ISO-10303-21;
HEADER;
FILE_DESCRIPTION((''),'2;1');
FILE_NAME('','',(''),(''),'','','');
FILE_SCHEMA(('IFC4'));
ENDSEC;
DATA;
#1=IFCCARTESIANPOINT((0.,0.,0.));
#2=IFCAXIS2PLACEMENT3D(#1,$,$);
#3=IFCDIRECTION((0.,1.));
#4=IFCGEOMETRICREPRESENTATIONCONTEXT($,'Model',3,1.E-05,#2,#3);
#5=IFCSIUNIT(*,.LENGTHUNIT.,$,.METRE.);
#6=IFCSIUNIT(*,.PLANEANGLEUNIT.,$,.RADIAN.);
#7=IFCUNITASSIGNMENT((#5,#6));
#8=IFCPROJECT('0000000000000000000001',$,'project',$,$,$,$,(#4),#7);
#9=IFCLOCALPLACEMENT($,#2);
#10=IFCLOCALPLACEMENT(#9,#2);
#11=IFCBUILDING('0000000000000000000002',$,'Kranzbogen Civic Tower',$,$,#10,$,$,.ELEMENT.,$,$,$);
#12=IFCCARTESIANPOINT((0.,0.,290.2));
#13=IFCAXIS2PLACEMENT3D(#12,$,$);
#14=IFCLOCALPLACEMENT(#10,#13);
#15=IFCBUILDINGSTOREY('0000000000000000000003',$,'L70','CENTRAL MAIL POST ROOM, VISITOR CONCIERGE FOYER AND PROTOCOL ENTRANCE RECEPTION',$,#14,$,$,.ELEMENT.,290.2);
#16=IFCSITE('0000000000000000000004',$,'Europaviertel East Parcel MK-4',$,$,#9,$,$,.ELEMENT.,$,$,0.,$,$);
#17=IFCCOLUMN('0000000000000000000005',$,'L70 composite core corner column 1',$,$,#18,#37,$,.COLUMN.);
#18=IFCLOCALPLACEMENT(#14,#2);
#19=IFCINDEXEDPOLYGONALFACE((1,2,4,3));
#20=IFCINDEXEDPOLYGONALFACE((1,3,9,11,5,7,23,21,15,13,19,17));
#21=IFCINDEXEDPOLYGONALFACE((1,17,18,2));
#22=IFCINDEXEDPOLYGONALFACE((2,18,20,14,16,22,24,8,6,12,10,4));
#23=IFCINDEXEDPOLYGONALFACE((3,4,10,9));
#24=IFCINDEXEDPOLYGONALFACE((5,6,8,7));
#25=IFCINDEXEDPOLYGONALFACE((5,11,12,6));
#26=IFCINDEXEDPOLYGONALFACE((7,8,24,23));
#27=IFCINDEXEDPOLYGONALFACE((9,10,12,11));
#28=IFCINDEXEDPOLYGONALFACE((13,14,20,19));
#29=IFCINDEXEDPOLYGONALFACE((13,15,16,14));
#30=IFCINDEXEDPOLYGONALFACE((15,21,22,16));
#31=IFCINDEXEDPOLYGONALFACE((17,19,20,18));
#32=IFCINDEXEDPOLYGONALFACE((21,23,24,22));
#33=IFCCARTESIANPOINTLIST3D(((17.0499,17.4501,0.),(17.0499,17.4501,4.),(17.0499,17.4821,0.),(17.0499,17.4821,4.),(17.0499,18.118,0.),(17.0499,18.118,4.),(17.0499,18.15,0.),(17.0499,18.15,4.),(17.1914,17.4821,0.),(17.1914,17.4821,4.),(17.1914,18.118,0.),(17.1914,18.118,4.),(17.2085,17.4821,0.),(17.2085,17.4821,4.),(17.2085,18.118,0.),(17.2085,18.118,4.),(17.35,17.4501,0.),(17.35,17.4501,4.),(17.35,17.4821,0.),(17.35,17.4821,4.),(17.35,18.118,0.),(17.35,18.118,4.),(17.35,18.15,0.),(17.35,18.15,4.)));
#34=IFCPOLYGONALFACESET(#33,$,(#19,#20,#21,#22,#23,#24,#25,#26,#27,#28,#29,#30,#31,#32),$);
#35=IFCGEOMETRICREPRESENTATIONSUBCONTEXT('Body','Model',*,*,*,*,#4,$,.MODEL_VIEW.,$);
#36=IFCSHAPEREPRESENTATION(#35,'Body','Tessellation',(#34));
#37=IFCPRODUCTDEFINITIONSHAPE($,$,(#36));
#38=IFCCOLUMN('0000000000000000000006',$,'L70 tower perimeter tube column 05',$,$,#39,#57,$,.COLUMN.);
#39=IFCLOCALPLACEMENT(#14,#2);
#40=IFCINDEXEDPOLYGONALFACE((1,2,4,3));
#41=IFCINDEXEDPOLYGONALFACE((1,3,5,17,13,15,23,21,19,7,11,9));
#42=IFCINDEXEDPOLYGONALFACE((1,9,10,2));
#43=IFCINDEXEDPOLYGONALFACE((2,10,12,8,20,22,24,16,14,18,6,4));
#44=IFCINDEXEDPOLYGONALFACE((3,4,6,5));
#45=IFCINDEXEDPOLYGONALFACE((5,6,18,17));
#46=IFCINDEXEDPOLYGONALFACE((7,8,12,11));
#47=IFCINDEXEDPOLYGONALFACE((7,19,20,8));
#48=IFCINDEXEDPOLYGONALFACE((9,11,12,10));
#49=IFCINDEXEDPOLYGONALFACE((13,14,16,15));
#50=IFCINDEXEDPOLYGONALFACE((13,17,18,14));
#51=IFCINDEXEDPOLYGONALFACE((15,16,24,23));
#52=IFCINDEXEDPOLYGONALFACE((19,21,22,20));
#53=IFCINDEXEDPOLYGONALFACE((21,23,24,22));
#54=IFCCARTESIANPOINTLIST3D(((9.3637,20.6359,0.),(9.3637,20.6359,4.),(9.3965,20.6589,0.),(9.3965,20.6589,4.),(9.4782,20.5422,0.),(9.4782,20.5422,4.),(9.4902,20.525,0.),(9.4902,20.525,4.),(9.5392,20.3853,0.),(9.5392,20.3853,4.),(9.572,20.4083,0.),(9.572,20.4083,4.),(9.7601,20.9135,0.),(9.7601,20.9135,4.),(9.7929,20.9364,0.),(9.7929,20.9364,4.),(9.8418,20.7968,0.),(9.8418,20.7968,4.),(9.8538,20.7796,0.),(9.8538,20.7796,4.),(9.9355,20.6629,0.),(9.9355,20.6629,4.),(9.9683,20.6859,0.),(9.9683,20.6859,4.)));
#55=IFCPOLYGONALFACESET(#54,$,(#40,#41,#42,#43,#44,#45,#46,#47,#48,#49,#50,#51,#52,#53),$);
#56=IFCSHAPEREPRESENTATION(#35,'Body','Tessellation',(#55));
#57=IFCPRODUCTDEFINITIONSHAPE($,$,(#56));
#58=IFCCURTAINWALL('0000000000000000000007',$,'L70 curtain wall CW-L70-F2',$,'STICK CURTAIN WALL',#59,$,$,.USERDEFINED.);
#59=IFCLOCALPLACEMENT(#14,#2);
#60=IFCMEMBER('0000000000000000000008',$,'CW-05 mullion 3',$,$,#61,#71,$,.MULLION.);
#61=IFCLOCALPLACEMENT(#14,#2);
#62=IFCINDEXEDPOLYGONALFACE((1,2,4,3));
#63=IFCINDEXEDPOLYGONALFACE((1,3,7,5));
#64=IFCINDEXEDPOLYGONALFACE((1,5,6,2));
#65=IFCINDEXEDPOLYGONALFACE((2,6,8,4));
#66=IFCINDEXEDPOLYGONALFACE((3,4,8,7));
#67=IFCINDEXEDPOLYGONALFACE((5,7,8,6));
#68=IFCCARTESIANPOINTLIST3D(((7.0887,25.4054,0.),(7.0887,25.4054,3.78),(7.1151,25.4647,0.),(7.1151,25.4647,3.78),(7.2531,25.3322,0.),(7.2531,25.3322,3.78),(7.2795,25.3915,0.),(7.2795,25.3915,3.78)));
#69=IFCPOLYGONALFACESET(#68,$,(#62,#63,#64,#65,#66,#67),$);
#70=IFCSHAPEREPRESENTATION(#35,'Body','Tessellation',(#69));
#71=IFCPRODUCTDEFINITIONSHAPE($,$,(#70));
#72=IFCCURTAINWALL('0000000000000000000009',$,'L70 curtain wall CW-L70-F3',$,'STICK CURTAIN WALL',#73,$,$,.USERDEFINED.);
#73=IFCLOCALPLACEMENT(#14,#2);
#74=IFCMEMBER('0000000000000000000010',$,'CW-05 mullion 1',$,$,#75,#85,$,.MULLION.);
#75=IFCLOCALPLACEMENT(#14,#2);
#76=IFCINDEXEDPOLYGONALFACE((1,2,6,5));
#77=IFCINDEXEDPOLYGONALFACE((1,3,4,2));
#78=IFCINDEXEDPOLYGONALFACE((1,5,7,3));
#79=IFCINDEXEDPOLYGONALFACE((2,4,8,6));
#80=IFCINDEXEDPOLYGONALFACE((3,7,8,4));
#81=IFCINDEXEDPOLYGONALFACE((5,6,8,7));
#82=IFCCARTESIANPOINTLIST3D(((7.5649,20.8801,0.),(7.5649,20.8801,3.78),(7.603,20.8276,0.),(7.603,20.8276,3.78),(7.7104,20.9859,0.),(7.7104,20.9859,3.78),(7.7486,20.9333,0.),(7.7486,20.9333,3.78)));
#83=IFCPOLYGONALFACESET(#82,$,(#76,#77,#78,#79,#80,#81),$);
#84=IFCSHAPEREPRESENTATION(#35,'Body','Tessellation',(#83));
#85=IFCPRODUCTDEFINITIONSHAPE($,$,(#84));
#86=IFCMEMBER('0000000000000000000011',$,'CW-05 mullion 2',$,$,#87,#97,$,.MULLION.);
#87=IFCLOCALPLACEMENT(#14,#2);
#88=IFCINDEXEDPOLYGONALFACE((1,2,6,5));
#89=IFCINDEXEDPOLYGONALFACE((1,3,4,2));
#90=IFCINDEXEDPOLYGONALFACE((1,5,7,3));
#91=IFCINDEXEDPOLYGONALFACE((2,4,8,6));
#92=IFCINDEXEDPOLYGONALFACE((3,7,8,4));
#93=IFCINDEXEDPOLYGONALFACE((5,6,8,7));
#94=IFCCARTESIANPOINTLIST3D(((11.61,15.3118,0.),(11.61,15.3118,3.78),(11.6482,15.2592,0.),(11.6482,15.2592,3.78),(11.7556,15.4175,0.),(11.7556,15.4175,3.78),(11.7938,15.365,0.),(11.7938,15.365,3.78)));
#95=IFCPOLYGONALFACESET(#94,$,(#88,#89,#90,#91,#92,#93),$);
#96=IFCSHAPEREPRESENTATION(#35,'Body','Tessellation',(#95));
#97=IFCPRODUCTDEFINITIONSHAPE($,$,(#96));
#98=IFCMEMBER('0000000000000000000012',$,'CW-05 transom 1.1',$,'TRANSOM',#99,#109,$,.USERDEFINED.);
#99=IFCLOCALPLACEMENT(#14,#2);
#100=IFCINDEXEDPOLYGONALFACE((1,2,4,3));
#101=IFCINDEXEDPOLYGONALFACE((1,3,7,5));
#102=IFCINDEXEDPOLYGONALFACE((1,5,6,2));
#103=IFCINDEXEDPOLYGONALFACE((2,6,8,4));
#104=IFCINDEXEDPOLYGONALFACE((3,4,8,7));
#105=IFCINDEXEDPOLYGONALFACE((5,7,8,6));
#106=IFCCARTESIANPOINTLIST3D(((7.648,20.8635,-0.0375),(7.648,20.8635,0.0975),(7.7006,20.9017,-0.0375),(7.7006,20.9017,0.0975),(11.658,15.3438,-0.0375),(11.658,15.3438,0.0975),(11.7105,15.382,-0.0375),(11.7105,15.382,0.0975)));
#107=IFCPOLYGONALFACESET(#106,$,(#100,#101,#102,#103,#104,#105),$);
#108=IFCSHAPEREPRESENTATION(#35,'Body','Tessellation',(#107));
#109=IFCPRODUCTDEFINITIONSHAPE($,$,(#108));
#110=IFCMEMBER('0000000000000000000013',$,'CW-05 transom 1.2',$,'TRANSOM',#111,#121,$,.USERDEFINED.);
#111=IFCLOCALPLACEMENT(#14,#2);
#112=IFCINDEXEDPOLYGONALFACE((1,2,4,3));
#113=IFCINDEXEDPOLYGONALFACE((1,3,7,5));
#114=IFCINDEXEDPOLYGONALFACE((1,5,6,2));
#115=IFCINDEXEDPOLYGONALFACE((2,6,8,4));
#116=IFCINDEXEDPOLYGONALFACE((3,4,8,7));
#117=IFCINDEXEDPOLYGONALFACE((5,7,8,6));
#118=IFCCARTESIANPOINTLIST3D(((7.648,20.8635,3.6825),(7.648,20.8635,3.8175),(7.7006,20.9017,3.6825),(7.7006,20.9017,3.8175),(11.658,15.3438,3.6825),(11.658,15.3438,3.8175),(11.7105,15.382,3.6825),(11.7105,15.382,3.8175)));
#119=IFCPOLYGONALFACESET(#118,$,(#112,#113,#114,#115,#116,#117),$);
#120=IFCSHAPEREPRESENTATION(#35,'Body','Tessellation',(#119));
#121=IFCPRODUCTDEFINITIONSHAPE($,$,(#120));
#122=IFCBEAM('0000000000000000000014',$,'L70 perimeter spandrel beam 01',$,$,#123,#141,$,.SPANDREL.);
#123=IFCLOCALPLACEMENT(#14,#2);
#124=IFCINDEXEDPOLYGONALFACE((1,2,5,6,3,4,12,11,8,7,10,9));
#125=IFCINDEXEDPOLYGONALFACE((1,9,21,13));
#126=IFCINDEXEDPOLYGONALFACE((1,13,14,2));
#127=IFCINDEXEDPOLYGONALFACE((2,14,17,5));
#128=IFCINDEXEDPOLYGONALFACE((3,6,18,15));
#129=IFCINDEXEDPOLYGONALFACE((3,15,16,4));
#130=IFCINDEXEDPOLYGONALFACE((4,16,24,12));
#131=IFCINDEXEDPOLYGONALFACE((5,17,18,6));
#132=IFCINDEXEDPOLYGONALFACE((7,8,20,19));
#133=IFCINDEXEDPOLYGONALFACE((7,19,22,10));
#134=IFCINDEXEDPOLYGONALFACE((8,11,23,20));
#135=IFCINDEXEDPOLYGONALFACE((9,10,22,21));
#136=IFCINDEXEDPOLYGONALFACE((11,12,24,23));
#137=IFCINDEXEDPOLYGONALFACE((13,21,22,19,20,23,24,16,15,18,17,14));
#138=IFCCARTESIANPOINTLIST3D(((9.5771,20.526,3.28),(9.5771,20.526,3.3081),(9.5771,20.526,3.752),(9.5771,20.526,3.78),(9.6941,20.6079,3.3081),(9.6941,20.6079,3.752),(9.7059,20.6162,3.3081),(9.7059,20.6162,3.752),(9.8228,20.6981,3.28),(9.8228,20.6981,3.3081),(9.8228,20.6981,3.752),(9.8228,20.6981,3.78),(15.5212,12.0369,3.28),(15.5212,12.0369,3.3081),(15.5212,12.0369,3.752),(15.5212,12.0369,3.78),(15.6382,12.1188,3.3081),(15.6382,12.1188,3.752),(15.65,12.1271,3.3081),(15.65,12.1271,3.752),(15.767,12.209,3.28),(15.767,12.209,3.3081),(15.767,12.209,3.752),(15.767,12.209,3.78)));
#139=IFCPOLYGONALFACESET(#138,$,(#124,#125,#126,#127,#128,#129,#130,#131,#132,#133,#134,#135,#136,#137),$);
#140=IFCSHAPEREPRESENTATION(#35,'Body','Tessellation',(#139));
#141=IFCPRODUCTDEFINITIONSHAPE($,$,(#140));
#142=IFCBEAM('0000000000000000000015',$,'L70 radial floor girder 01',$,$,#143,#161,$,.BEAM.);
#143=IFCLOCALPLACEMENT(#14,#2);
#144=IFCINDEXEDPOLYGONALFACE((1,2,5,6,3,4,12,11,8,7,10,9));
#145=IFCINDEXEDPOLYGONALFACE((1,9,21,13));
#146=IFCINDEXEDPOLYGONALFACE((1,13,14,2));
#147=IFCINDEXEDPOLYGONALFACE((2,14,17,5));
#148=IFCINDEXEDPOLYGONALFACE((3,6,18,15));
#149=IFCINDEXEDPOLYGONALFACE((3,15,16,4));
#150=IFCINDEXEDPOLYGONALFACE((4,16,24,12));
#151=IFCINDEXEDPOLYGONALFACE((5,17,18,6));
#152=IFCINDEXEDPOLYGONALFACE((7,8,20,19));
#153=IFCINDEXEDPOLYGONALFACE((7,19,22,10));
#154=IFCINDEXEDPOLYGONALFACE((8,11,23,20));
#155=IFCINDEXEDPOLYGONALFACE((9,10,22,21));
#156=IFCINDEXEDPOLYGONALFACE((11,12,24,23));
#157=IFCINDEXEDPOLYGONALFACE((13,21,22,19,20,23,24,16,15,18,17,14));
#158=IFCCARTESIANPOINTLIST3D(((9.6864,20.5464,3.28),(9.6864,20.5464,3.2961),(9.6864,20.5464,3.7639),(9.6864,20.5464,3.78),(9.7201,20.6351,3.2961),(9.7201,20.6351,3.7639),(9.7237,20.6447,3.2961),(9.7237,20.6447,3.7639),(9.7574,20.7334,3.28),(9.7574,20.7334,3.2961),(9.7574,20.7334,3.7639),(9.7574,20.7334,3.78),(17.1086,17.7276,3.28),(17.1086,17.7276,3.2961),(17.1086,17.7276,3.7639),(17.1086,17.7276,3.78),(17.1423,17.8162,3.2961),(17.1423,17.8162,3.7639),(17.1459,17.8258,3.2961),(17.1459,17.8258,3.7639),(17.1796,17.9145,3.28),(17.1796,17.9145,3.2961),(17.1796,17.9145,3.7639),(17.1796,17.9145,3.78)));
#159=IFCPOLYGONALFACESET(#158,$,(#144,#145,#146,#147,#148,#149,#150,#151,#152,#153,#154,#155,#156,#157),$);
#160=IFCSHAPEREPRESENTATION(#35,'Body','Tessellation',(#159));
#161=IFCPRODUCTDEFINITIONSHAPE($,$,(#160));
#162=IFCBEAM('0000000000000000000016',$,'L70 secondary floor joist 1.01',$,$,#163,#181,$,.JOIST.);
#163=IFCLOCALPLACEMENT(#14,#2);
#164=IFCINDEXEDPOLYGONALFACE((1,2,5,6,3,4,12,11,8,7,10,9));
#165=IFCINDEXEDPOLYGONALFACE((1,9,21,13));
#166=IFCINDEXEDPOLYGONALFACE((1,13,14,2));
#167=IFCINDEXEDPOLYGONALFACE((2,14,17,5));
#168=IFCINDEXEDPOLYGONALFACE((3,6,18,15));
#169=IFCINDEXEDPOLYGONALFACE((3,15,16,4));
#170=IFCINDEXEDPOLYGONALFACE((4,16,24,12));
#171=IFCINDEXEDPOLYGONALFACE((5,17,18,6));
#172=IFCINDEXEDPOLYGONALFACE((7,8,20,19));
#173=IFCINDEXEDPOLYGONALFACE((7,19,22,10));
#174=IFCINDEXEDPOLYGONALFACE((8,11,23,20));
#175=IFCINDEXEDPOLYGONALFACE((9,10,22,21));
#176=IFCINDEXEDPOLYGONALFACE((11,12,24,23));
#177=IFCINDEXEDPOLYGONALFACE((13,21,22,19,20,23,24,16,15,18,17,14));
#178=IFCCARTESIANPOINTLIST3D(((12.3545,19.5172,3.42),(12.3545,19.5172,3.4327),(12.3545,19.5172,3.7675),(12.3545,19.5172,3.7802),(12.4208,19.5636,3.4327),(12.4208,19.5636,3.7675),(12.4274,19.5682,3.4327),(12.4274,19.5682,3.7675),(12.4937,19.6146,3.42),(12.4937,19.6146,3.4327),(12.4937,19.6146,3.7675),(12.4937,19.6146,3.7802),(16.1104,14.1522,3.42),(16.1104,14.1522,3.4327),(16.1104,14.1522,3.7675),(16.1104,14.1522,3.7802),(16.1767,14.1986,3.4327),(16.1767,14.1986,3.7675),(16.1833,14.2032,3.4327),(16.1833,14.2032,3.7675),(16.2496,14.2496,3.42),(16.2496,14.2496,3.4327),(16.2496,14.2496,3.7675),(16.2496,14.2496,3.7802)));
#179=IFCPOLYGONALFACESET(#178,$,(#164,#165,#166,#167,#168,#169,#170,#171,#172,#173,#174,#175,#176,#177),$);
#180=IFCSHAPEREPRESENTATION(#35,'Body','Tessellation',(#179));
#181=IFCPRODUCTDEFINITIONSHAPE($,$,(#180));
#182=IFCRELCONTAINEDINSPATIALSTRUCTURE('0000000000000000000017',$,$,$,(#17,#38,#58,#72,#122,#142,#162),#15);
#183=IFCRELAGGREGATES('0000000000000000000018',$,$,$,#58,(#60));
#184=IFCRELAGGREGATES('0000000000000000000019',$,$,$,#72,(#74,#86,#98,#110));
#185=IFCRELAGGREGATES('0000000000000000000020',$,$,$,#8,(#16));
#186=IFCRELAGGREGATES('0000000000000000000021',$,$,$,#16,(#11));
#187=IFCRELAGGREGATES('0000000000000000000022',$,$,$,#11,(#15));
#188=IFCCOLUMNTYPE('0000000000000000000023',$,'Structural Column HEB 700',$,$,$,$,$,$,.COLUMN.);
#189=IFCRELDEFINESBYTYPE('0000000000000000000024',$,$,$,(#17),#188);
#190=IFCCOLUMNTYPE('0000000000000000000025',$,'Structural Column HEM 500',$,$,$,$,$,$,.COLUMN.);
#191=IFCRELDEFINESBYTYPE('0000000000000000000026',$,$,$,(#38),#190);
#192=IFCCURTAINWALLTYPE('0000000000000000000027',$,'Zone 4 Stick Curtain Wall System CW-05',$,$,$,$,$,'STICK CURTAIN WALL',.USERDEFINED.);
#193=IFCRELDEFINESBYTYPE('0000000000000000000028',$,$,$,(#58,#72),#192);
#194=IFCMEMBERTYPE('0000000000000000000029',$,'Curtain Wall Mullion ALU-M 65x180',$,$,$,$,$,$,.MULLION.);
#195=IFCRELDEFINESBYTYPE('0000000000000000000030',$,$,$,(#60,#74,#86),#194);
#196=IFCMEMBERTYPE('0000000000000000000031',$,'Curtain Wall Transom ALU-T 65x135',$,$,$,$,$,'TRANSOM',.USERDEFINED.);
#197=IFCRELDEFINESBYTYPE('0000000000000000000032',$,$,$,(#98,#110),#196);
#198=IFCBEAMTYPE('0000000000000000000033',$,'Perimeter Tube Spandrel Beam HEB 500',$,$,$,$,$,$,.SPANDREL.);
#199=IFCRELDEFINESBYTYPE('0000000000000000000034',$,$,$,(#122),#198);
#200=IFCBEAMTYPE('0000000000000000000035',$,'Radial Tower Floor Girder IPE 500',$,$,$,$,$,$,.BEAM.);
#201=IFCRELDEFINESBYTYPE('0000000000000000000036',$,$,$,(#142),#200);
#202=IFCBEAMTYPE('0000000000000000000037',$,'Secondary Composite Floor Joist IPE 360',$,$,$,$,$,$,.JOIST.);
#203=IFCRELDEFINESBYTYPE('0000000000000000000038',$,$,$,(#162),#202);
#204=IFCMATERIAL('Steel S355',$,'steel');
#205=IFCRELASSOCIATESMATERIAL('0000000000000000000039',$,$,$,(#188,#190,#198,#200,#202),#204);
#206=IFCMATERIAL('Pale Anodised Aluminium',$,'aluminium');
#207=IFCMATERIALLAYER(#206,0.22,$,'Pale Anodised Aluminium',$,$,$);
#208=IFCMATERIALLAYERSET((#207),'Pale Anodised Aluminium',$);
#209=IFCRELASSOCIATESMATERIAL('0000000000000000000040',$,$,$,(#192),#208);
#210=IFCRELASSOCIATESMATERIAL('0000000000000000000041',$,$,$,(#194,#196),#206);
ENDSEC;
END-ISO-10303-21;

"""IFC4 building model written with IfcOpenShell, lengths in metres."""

from ifc_helpers import new_model, si_unit, direction, frame, origin, origin_2d, place, context, subcontext, project, spatial, rectangle, i_section, extrude, material, layer, layer_set, material_profile, profile_set, type_object, element, aggregate, save


model = new_model("IFC4")

# Units and contexts
model_context = context("Model", 3, precision=1e-05, world=origin(), true_north=direction((0.0, 1.0)))
body_context = subcontext(model_context, "Body", "Model", "MODEL_VIEW")
ifc_project = project(units=[si_unit("LENGTHUNIT", "METRE"), si_unit("PLANEANGLEUNIT", "RADIAN")], contexts=[model_context])

# Site, building, storey
site_placement = place(None, origin())
site = spatial("IfcSite", under=ifc_project, at=site_placement, Name="Europaviertel East Parcel MK-4", CompositionType="ELEMENT", RefElevation=0.0)
building_placement = place(site_placement, origin())
building = spatial("IfcBuilding", under=site, at=building_placement, Name="Kranzbogen Civic Tower", CompositionType="ELEMENT")
storey_placement = place(building_placement, frame((0.0, 0.0, 290.2)))
storey = spatial("IfcBuildingStorey", under=building, at=storey_placement, Name="L70", Description="CENTRAL MAIL POST ROOM, VISITOR CONCIERGE FOYER AND PROTOCOL ENTRANCE RECEPTION", CompositionType="ELEMENT", Elevation=290.2)

# Columns
ifc_material_1 = material(Name="Steel S355", Category="steel")
ifc_material_profile_1 = material_profile(ifc_material_1, i_section(OverallWidth=0.3, OverallDepth=0.7, WebThickness=0.0171, FlangeThickness=0.032, at=origin_2d()), Name="HEB 700")
ifc_profile_set_1 = profile_set([ifc_material_profile_1], Name="Steel S355")
column_type_1 = type_object("IfcColumnType", Name="Structural Column HEB 700", PredefinedType="COLUMN", material=ifc_profile_set_1)
column_1_placement = place(storey_placement, frame((17.2, 17.8, 0.0), z_axis=(0.0, 0.0, 1.0), x_axis=(1.0, 0.0, 0.0)))
element("IfcColumn", 1, at=column_1_placement, inside=storey, type_object=column_type_1, Name="L70 composite core corner column 1", PredefinedType="COLUMN", context=body_context, shape_type="SweptSolid", body=[
    extrude(i_section(OverallWidth=0.3, OverallDepth=0.7, WebThickness=0.0171, FlangeThickness=0.032, at=origin_2d()), origin(), (0.0, 0.0, 1.0), 4.0),
])
ifc_material_profile_2 = material_profile(ifc_material_1, i_section(OverallWidth=0.3059, OverallDepth=0.5239, WebThickness=0.021, FlangeThickness=0.04, at=origin_2d()), Name="HEM 500")
ifc_profile_set_2 = profile_set([ifc_material_profile_2], Name="Steel S355")
column_type_2 = type_object("IfcColumnType", Name="Structural Column HEM 500", PredefinedType="COLUMN", material=ifc_profile_set_2)
column_2_placement = place(storey_placement, frame((9.666, 20.6609, 0.0), z_axis=(0.0, 0.0, 1.0), x_axis=(-0.573576, 0.819152, 0.0)))
element("IfcColumn", 2, at=column_2_placement, inside=storey, type_object=column_type_2, Name="L70 tower perimeter tube column 05", PredefinedType="COLUMN", context=body_context, shape_type="SweptSolid", body=[
    extrude(i_section(OverallWidth=0.3059, OverallDepth=0.5239, WebThickness=0.021, FlangeThickness=0.04, at=origin_2d()), origin(), (0.0, 0.0, 1.0), 4.0),
])

# Curtain wall, member
ifc_material_2 = material(Name="Pale Anodised Aluminium", Category="aluminium")
ifc_layer_1 = layer(ifc_material_2, 0.22, Name="Pale Anodised Aluminium")
ifc_layer_set_1 = layer_set([ifc_layer_1], Name="Pale Anodised Aluminium")
curtain_wall_type = type_object("IfcCurtainWallType", Name="Zone 4 Stick Curtain Wall System CW-05", ElementType="STICK CURTAIN WALL", PredefinedType="USERDEFINED", material=ifc_layer_set_1)
curtain_wall_1_placement = place(storey_placement, origin())
curtain_wall_1 = element("IfcCurtainWall", 3, at=curtain_wall_1_placement, inside=storey, type_object=curtain_wall_type, Name="L70 curtain wall CW-L70-F2", ObjectType="STICK CURTAIN WALL", PredefinedType="USERDEFINED")
ifc_material_profile_3 = material_profile(ifc_material_2, rectangle(XDim=0.0649, YDim=0.1799, at=origin_2d()), Name="ALU-M 65x180")
ifc_profile_set_3 = profile_set([ifc_material_profile_3], Name="Pale Anodised Aluminium")
member_type_1 = type_object("IfcMemberType", Name="Curtain Wall Mullion ALU-M 65x180", PredefinedType="MULLION", material=ifc_profile_set_3)
member_1_placement = place(storey_placement, frame((7.1841, 25.3984, 0.0), z_axis=(0.0, 0.0, 1.0), x_axis=(-0.406722, -0.913552, 0.0)))
member_1 = element("IfcMember", 4, at=member_1_placement, type_object=member_type_1, Name="CW-05 mullion 3", PredefinedType="MULLION", context=body_context, shape_type="SweptSolid", body=[
    extrude(rectangle(XDim=0.0649, YDim=0.1799, at=origin_2d()), origin(), (0.0, 0.0, 1.0), 3.78),
])
aggregate(curtain_wall_1, [member_1])

# Curtain wall, members
curtain_wall_2_placement = place(storey_placement, origin())
curtain_wall_2 = element("IfcCurtainWall", 5, at=curtain_wall_2_placement, inside=storey, type_object=curtain_wall_type, Name="L70 curtain wall CW-L70-F3", ObjectType="STICK CURTAIN WALL", PredefinedType="USERDEFINED")
member_2_placement = place(storey_placement, frame((7.6567, 20.9067, 0.0), z_axis=(0.0, 0.0, 1.0), x_axis=(0.587767, -0.80903, 0.0)))
member_2 = element("IfcMember", 6, at=member_2_placement, type_object=member_type_1, Name="CW-05 mullion 1", PredefinedType="MULLION", context=body_context, shape_type="SweptSolid", body=[
    extrude(rectangle(XDim=0.0649, YDim=0.1799, at=origin_2d()), origin(), (0.0, 0.0, 1.0), 3.78),
])
member_3_placement = place(storey_placement, frame((11.7019, 15.3384, 0.0), z_axis=(0.0, 0.0, 1.0), x_axis=(0.587767, -0.80903, 0.0)))
member_3 = element("IfcMember", 7, at=member_3_placement, type_object=member_type_1, Name="CW-05 mullion 2", PredefinedType="MULLION", context=body_context, shape_type="SweptSolid", body=[
    extrude(rectangle(XDim=0.0649, YDim=0.1799, at=origin_2d()), origin(), (0.0, 0.0, 1.0), 3.78),
])
ifc_material_profile_4 = material_profile(ifc_material_2, rectangle(XDim=0.0649, YDim=0.135, at=origin_2d()), Name="ALU-T 65x135")
ifc_profile_set_4 = profile_set([ifc_material_profile_4], Name="Pale Anodised Aluminium")
member_type_2 = type_object("IfcMemberType", Name="Curtain Wall Transom ALU-T 65x135", ElementType="TRANSOM", PredefinedType="USERDEFINED", material=ifc_profile_set_4)
member_4_placement = place(storey_placement, frame((7.6743, 20.8826, 0.03), z_axis=(0.587752, -0.809041, 0.0), x_axis=(0.809041, 0.587752, 0.0)))
member_4 = element("IfcMember", 8, at=member_4_placement, type_object=member_type_2, Name="CW-05 transom 1.1", ObjectType="TRANSOM", PredefinedType="USERDEFINED", context=body_context, shape_type="SweptSolid", body=[
    extrude(rectangle(XDim=0.0649, YDim=0.135, at=origin_2d()), origin(), (0.0, 0.0, 1.0), 6.8225),
])
member_5_placement = place(storey_placement, frame((7.6743, 20.8826, 3.75), z_axis=(0.587752, -0.809041, 0.0), x_axis=(0.809041, 0.587752, 0.0)))
member_5 = element("IfcMember", 9, at=member_5_placement, type_object=member_type_2, Name="CW-05 transom 1.2", ObjectType="TRANSOM", PredefinedType="USERDEFINED", context=body_context, shape_type="SweptSolid", body=[
    extrude(rectangle(XDim=0.0649, YDim=0.135, at=origin_2d()), origin(), (0.0, 0.0, 1.0), 6.8225),
])

# Beams
ifc_material_profile_5 = material_profile(ifc_material_1, i_section(OverallWidth=0.3, OverallDepth=0.5, WebThickness=0.0144, FlangeThickness=0.0281, at=origin_2d()), Name="HEB 500")
ifc_profile_set_5 = profile_set([ifc_material_profile_5], Name="Steel S355")
beam_type_1 = type_object("IfcBeamType", Name="Perimeter Tube Spandrel Beam HEB 500", PredefinedType="SPANDREL", material=ifc_profile_set_5)
beam_1_placement = place(storey_placement, frame((9.7, 20.6121, 3.53), z_axis=(0.573578, -0.819151, 0.0), x_axis=(0.819151, 0.573578, 0.0)))
element("IfcBeam", 10, at=beam_1_placement, inside=storey, type_object=beam_type_1, Name="L70 perimeter spandrel beam 01", PredefinedType="SPANDREL", context=body_context, shape_type="SweptSolid", body=[
    extrude(i_section(OverallWidth=0.3, OverallDepth=0.5, WebThickness=0.0144, FlangeThickness=0.0281, at=origin_2d()), origin(), (0.0, 0.0, 1.0), 10.3633),
])
ifc_material_profile_6 = material_profile(ifc_material_1, i_section(OverallWidth=0.2, OverallDepth=0.5, WebThickness=0.0103, FlangeThickness=0.0161, at=origin_2d()), Name="IPE 500")
ifc_profile_set_6 = profile_set([ifc_material_profile_6], Name="Steel S355")
beam_type_2 = type_object("IfcBeamType", Name="Radial Tower Floor Girder IPE 500", PredefinedType="BEAM", material=ifc_profile_set_6)
beam_2_placement = place(storey_placement, frame((9.7219, 20.6399, 3.53), z_axis=(0.934849, -0.355046, 0.0), x_axis=(0.355046, 0.934849, 0.0)))
element("IfcBeam", 11, at=beam_2_placement, inside=storey, type_object=beam_type_2, Name="L70 radial floor girder 01", PredefinedType="BEAM", context=body_context, shape_type="SweptSolid", body=[
    extrude(i_section(OverallWidth=0.2, OverallDepth=0.5, WebThickness=0.0103, FlangeThickness=0.0161, at=origin_2d()), origin(), (0.0, 0.0, 1.0), 7.9395),
])
ifc_material_profile_7 = material_profile(ifc_material_1, i_section(OverallWidth=0.1699, OverallDepth=0.3601, WebThickness=0.0081, FlangeThickness=0.0127, at=origin_2d()), Name="IPE 360")
ifc_profile_set_7 = profile_set([ifc_material_profile_7], Name="Steel S355")
beam_type_3 = type_object("IfcBeamType", Name="Secondary Composite Floor Joist IPE 360", PredefinedType="JOIST", material=ifc_profile_set_7)
beam_3_placement = place(storey_placement, frame((12.4241, 19.5659, 3.6001), z_axis=(0.5735, -0.819206, 0.0), x_axis=(0.819206, 0.5735, 0.0)))
element("IfcBeam", 12, at=beam_3_placement, inside=storey, type_object=beam_type_3, Name="L70 secondary floor joist 1.01", PredefinedType="JOIST", context=body_context, shape_type="SweptSolid", body=[
    extrude(i_section(OverallWidth=0.1699, OverallDepth=0.3601, WebThickness=0.0081, FlangeThickness=0.0127, at=origin_2d()), origin(), (0.0, 0.0, 1.0), 6.5491),
])

aggregate(curtain_wall_2, [member_2, member_3, member_4, member_5])

save(model, "model.ifc")
